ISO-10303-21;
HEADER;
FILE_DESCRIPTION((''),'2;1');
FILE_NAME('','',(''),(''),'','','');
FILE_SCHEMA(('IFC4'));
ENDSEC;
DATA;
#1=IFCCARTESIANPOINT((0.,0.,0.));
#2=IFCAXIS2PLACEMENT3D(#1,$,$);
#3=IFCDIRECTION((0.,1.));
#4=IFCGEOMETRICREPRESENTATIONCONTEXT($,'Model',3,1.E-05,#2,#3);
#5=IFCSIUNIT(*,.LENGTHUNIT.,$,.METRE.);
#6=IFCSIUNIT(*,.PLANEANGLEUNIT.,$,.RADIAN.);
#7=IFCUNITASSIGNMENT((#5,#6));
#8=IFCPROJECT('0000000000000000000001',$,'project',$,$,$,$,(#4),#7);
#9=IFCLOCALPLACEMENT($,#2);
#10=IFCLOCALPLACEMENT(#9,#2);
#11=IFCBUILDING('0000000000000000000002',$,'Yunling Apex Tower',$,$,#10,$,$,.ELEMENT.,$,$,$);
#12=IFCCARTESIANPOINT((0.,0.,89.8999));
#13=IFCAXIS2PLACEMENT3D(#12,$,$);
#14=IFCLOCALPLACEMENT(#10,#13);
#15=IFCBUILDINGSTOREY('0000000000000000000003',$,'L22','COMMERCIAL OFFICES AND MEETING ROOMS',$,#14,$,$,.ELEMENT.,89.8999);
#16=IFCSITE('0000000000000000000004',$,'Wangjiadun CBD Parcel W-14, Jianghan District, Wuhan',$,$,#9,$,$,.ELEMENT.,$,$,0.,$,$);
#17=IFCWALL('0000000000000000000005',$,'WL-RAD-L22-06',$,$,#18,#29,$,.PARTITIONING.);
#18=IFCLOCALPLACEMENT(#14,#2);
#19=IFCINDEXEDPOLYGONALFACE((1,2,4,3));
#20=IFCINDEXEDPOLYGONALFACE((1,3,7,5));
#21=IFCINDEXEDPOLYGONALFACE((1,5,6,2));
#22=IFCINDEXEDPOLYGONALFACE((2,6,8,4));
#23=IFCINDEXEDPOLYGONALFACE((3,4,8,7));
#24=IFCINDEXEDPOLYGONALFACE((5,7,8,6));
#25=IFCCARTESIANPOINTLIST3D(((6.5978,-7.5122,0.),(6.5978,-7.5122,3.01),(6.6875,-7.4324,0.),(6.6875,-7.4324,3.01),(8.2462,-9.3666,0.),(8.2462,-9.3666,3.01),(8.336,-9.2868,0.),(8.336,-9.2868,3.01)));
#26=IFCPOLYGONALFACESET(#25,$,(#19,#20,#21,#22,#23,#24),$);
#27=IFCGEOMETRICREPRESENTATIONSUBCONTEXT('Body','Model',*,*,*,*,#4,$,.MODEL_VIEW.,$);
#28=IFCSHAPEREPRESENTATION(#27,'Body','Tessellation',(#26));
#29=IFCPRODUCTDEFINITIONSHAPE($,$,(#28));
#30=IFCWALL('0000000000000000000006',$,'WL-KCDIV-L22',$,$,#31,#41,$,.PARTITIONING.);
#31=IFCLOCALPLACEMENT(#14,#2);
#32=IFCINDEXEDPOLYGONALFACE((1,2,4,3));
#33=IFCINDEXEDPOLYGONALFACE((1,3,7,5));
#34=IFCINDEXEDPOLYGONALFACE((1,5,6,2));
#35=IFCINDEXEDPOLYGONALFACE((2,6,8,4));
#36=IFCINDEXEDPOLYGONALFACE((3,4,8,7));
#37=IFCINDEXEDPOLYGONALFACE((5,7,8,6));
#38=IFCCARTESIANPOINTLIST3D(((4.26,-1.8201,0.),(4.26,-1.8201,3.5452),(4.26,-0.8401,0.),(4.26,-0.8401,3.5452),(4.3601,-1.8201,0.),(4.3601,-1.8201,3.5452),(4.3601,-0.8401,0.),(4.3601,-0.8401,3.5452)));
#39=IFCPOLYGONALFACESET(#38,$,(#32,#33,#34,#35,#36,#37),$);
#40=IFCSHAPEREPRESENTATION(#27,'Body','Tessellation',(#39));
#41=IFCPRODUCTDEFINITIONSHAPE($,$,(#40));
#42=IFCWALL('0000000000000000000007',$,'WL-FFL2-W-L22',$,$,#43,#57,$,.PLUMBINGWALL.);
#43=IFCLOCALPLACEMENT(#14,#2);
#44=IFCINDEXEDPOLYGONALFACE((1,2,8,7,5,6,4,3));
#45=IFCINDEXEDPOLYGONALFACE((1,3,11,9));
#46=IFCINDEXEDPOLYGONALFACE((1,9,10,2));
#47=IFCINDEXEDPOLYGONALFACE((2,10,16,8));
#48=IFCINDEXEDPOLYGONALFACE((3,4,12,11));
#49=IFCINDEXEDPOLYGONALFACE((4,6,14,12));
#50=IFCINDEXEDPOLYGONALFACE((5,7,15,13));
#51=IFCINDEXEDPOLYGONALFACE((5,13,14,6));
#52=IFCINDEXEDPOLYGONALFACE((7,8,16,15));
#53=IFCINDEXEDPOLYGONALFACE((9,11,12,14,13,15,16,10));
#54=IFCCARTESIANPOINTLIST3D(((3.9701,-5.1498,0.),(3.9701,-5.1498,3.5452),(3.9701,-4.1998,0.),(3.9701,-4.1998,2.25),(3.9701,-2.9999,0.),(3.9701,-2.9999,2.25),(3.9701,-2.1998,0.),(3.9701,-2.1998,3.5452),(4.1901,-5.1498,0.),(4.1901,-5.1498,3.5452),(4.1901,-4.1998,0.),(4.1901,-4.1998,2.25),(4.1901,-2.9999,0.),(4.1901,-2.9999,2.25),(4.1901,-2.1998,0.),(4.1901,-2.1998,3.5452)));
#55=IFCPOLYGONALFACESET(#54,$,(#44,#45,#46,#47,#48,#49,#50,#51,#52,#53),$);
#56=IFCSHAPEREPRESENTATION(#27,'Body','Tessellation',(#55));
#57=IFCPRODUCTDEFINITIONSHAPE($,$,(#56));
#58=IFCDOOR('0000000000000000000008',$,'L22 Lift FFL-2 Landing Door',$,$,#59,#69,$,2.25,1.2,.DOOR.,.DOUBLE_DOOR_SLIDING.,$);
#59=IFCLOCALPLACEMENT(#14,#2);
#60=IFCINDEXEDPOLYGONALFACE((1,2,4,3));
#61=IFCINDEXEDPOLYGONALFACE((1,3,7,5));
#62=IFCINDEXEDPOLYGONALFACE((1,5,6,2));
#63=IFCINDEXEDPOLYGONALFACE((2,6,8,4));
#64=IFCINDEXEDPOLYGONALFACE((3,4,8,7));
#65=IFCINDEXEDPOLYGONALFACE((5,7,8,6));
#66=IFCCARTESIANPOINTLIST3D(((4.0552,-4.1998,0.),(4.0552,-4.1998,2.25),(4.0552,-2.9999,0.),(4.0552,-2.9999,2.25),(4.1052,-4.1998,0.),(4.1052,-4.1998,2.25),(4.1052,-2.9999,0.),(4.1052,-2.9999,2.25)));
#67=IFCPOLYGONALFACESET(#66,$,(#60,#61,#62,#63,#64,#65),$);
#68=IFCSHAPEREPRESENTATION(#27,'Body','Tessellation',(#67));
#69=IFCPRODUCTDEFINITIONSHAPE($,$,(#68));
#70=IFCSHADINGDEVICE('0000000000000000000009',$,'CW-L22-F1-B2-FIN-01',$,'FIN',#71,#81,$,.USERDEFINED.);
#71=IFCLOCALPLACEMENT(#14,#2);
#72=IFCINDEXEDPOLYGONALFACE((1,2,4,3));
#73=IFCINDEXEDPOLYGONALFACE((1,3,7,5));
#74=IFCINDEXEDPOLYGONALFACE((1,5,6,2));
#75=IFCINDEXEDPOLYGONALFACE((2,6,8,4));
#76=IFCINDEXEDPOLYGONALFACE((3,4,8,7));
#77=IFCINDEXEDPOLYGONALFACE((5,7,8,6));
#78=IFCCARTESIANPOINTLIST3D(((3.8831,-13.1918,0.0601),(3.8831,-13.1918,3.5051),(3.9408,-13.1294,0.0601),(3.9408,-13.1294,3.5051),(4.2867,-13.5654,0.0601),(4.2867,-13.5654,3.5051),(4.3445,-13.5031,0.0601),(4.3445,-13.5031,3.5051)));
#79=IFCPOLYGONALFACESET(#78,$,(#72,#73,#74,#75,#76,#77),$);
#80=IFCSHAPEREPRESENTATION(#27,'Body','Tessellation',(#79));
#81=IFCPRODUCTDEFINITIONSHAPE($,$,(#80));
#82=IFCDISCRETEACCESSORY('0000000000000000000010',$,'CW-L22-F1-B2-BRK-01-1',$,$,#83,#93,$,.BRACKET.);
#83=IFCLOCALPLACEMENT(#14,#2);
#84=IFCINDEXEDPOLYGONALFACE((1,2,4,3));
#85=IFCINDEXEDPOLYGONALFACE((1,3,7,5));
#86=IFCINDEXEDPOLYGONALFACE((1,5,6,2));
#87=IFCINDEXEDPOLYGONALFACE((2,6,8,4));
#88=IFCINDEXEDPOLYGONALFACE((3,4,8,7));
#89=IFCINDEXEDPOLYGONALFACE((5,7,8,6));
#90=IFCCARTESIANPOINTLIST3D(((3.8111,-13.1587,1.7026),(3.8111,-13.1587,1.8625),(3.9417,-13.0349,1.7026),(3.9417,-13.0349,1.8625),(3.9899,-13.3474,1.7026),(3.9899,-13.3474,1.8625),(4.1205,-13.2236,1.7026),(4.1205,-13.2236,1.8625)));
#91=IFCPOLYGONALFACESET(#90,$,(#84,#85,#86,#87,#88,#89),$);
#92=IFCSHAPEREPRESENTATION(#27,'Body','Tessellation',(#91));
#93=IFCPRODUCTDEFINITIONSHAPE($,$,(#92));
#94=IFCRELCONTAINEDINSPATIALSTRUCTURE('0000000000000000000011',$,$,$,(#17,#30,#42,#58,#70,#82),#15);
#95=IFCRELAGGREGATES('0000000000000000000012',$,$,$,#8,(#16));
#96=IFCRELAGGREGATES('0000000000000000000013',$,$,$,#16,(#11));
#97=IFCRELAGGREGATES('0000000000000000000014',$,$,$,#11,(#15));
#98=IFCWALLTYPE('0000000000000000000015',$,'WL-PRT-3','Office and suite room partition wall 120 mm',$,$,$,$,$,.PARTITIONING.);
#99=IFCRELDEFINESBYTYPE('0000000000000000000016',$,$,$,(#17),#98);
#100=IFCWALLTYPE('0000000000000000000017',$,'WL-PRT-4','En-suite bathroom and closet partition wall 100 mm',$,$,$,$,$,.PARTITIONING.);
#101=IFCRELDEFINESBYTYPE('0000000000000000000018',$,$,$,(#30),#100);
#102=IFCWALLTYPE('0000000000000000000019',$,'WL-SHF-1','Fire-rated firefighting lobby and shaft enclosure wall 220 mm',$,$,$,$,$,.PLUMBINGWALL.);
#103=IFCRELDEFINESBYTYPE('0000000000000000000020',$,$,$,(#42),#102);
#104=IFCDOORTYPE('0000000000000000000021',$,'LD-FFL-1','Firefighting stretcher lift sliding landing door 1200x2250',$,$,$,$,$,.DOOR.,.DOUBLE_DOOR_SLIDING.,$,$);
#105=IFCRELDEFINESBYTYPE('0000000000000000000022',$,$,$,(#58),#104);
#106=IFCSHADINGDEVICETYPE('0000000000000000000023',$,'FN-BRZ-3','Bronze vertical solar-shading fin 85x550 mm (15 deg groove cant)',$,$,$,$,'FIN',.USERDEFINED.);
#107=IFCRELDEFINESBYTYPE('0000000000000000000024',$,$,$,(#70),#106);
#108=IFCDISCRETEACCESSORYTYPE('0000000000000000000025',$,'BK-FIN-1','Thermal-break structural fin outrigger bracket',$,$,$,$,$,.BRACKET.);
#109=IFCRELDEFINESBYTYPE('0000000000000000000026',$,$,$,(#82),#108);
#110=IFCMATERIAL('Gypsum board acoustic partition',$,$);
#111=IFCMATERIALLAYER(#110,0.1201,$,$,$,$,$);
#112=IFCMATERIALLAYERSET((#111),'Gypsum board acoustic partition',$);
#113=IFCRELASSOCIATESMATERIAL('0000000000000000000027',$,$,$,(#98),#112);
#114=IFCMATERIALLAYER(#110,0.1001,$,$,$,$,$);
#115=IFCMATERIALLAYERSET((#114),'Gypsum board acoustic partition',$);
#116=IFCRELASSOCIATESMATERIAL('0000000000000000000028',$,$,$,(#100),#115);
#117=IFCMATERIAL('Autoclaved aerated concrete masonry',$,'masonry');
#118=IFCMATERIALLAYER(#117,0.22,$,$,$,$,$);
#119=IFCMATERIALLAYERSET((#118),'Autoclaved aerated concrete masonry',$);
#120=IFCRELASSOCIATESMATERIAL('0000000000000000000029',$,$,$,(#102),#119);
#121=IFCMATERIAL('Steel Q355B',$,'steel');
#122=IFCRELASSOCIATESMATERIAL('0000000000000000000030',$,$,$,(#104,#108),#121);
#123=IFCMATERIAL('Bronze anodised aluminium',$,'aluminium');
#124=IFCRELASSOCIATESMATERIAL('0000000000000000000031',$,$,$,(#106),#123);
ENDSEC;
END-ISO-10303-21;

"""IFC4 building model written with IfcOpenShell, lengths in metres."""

from ifc_helpers import new_model, si_unit, direction, frame, frame_2d, origin, origin_2d, place, context, subcontext, project, spatial, rectangle, extrude, source, transform, mapped, material, layer, layer_set, material_profile, profile_set, type_object, element, fill, save


model = new_model("IFC4")

# Units and contexts
model_context = context("Model", 3, precision=1e-05, world=origin(), true_north=direction((0.0, 1.0)))
body_context = subcontext(model_context, "Body", "Model", "MODEL_VIEW")
ifc_project = project(units=[si_unit("LENGTHUNIT", "METRE"), si_unit("PLANEANGLEUNIT", "RADIAN")], contexts=[model_context])

# Site, building, storey
site_placement = place(None, origin())
site = spatial("IfcSite", under=ifc_project, at=site_placement, Name="Wangjiadun CBD Parcel W-14, Jianghan District, Wuhan", CompositionType="ELEMENT", RefElevation=0.0)
building_placement = place(site_placement, origin())
building = spatial("IfcBuilding", under=site, at=building_placement, Name="Yunling Apex Tower", CompositionType="ELEMENT")
storey_placement = place(building_placement, frame((0.0, 0.0, 89.8999)))
storey = spatial("IfcBuildingStorey", under=building, at=storey_placement, Name="L22", Description="COMMERCIAL OFFICES AND MEETING ROOMS", CompositionType="ELEMENT", Elevation=89.8999)

# Shared definitions
ifc_material_1 = material(Name="Steel Q355B", Category="steel")

# Shared definitions
ifc_material_2 = material(Name="Bronze anodised aluminium", Category="aluminium")

# Shared definitions
ifc_material_3 = material(Name="Gypsum board acoustic partition")

# Walls
ifc_layer_1 = layer(ifc_material_3, 0.1201)
ifc_layer_set_1 = layer_set([ifc_layer_1], Name="Gypsum board acoustic partition")
wall_type_1 = type_object("IfcWallType", Name="WL-PRT-3", Description="Office and suite room partition wall 120 mm", PredefinedType="PARTITIONING", material=ifc_layer_set_1)
wall_1_placement = place(storey_placement, frame((6.6426, -7.4722, 0.0), z_axis=(0.0, 0.0, 1.0), x_axis=(0.664364, -0.747409, 0.0)))
element("IfcWall", 1, at=wall_1_placement, inside=storey, type_object=wall_type_1, Name="WL-RAD-L22-06", PredefinedType="PARTITIONING", context=body_context, shape_type="SweptSolid", body=[
    extrude(rectangle(XDim=2.4812, YDim=0.1201, at=frame_2d((1.2407, 0.0))), origin(), (0.0, 0.0, 1.0), 3.01),
])
ifc_layer_2 = layer(ifc_material_3, 0.1001)
ifc_layer_set_2 = layer_set([ifc_layer_2], Name="Gypsum board acoustic partition")
wall_type_2 = type_object("IfcWallType", Name="WL-PRT-4", Description="En-suite bathroom and closet partition wall 100 mm", PredefinedType="PARTITIONING", material=ifc_layer_set_2)
wall_2_placement = place(storey_placement, frame((4.3101, -1.8201, 0.0), z_axis=(0.0, 0.0, 1.0), x_axis=(0.0, 1.0, 0.0)))
element("IfcWall", 2, at=wall_2_placement, inside=storey, type_object=wall_type_2, Name="WL-KCDIV-L22", PredefinedType="PARTITIONING", context=body_context, shape_type="SweptSolid", body=[
    extrude(rectangle(XDim=0.98, YDim=0.1001, at=frame_2d((0.49, 0.0))), origin(), (0.0, 0.0, 1.0), 3.5452),
])

# Wall, opening, door
ifc_material_4 = material(Name="Autoclaved aerated concrete masonry", Category="masonry")
ifc_layer_3 = layer(ifc_material_4, 0.22)
ifc_layer_set_3 = layer_set([ifc_layer_3], Name="Autoclaved aerated concrete masonry")
wall_type_3 = type_object("IfcWallType", Name="WL-SHF-1", Description="Fire-rated firefighting lobby and shaft enclosure wall 220 mm", PredefinedType="PLUMBINGWALL", material=ifc_layer_set_3)
wall_3_placement = place(storey_placement, frame((4.0801, -5.1499, 0.0), z_axis=(0.0, 0.0, 1.0), x_axis=(0.0, 1.0, 0.0)))
wall_3 = element("IfcWall", 3, at=wall_3_placement, inside=storey, type_object=wall_type_3, Name="WL-FFL2-W-L22", PredefinedType="PLUMBINGWALL", context=body_context, shape_type="SweptSolid", body=[
    extrude(rectangle(XDim=2.95, YDim=0.22, at=frame_2d((1.4751, 0.0))), origin(), (0.0, 0.0, 1.0), 3.5452),
])
opening_1_placement = place(wall_3_placement, frame((0.95, 0.0, 0.0)))
opening_1 = element("IfcOpeningElement", 4, at=opening_1_placement, cuts=wall_3, PredefinedType="OPENING", context=body_context, shape_type="SweptSolid", body=[
    extrude(rectangle(XDim=1.2, YDim=2.25, at=frame_2d((0.6001, 1.125))), frame((0.0, 0.1201, 0.0), z_axis=(0.0, -1.0, 0.0), x_axis=(1.0, 0.0, 0.0)), (0.0, 0.0, 1.0), 0.24),
])
door_type_1 = type_object("IfcDoorType", Name="LD-FFL-1", Description="Firefighting stretcher lift sliding landing door 1200x2250", OperationType="DOUBLE_DOOR_SLIDING", PredefinedType="DOOR", material=ifc_material_1)
door_1_placement = place(opening_1_placement, origin())
door_1 = element("IfcDoor", 5, at=door_1_placement, inside=storey, type_object=door_type_1, Name="L22 Lift FFL-2 Landing Door", OperationType="DOUBLE_DOOR_SLIDING", OverallHeight=2.25, OverallWidth=1.2, PredefinedType="DOOR", context=body_context, shape_type="SweptSolid", body=[
    extrude(rectangle(XDim=1.2, YDim=2.25, at=frame_2d((0.6001, 1.125))), frame((0.0, 0.0249, 0.0), z_axis=(0.0, -1.0, 0.0), x_axis=(1.0, 0.0, 0.0)), (0.0, 0.0, 1.0), 0.05),
])
fill(opening_1, door_1)

# Shading device
ifc_material_profile_1 = material_profile(ifc_material_2, rectangle(XDim=0.085, YDim=0.55, at=origin_2d()))
ifc_profile_set_1 = profile_set([ifc_material_profile_1], Name="Bronze anodised aluminium")
shading_device_type = type_object("IfcShadingDeviceType", Name="FN-BRZ-3", Description="Bronze vertical solar-shading fin 85x550 mm (15 deg groove cant)", ElementType="FIN", PredefinedType="USERDEFINED", material=ifc_profile_set_1)
shared_shape_1 = source(origin(), body_context, "Body", "SweptSolid", [
    extrude(rectangle(XDim=0.085, YDim=0.55, at=origin_2d()), origin(), (0.0, 0.0, 1.0), 3.4451),
])
shading_device_placement = place(storey_placement, frame((4.1138, -13.3474, 0.0601), z_axis=(0.0, 0.0, 1.0), x_axis=(0.679313, 0.733848, 0.0)))
element("IfcShadingDevice", 6, at=shading_device_placement, inside=storey, type_object=shading_device_type, Name="CW-L22-F1-B2-FIN-01", ObjectType="FIN", PredefinedType="USERDEFINED", context=body_context, shape_type="MappedRepresentation", body=[
    mapped(shared_shape_1, transform((0.0, 0.0, 0.0), scale=1.0)),
])

# Discrete accessory
discrete_accessory_type = type_object("IfcDiscreteAccessoryType", Name="BK-FIN-1", Description="Thermal-break structural fin outrigger bracket", PredefinedType="BRACKET", material=ifc_material_1)
shared_shape_2 = source(origin(), body_context, "Body", "SweptSolid", [
    extrude(rectangle(XDim=0.1799, YDim=0.26, at=origin_2d()), origin(), (0.0, 0.0, 1.0), 0.1599),
])
discrete_accessory_placement = place(storey_placement, frame((3.9658, -13.1912, 1.7026), z_axis=(0.0, 0.0, 1.0), x_axis=(0.725855, 0.687848, 0.0)))
element("IfcDiscreteAccessory", 7, at=discrete_accessory_placement, inside=storey, type_object=discrete_accessory_type, Name="CW-L22-F1-B2-BRK-01-1", PredefinedType="BRACKET", context=body_context, shape_type="MappedRepresentation", body=[
    mapped(shared_shape_2, transform((0.0, 0.0, 0.0), scale=1.0)),
])

save(model, "model.ifc")
